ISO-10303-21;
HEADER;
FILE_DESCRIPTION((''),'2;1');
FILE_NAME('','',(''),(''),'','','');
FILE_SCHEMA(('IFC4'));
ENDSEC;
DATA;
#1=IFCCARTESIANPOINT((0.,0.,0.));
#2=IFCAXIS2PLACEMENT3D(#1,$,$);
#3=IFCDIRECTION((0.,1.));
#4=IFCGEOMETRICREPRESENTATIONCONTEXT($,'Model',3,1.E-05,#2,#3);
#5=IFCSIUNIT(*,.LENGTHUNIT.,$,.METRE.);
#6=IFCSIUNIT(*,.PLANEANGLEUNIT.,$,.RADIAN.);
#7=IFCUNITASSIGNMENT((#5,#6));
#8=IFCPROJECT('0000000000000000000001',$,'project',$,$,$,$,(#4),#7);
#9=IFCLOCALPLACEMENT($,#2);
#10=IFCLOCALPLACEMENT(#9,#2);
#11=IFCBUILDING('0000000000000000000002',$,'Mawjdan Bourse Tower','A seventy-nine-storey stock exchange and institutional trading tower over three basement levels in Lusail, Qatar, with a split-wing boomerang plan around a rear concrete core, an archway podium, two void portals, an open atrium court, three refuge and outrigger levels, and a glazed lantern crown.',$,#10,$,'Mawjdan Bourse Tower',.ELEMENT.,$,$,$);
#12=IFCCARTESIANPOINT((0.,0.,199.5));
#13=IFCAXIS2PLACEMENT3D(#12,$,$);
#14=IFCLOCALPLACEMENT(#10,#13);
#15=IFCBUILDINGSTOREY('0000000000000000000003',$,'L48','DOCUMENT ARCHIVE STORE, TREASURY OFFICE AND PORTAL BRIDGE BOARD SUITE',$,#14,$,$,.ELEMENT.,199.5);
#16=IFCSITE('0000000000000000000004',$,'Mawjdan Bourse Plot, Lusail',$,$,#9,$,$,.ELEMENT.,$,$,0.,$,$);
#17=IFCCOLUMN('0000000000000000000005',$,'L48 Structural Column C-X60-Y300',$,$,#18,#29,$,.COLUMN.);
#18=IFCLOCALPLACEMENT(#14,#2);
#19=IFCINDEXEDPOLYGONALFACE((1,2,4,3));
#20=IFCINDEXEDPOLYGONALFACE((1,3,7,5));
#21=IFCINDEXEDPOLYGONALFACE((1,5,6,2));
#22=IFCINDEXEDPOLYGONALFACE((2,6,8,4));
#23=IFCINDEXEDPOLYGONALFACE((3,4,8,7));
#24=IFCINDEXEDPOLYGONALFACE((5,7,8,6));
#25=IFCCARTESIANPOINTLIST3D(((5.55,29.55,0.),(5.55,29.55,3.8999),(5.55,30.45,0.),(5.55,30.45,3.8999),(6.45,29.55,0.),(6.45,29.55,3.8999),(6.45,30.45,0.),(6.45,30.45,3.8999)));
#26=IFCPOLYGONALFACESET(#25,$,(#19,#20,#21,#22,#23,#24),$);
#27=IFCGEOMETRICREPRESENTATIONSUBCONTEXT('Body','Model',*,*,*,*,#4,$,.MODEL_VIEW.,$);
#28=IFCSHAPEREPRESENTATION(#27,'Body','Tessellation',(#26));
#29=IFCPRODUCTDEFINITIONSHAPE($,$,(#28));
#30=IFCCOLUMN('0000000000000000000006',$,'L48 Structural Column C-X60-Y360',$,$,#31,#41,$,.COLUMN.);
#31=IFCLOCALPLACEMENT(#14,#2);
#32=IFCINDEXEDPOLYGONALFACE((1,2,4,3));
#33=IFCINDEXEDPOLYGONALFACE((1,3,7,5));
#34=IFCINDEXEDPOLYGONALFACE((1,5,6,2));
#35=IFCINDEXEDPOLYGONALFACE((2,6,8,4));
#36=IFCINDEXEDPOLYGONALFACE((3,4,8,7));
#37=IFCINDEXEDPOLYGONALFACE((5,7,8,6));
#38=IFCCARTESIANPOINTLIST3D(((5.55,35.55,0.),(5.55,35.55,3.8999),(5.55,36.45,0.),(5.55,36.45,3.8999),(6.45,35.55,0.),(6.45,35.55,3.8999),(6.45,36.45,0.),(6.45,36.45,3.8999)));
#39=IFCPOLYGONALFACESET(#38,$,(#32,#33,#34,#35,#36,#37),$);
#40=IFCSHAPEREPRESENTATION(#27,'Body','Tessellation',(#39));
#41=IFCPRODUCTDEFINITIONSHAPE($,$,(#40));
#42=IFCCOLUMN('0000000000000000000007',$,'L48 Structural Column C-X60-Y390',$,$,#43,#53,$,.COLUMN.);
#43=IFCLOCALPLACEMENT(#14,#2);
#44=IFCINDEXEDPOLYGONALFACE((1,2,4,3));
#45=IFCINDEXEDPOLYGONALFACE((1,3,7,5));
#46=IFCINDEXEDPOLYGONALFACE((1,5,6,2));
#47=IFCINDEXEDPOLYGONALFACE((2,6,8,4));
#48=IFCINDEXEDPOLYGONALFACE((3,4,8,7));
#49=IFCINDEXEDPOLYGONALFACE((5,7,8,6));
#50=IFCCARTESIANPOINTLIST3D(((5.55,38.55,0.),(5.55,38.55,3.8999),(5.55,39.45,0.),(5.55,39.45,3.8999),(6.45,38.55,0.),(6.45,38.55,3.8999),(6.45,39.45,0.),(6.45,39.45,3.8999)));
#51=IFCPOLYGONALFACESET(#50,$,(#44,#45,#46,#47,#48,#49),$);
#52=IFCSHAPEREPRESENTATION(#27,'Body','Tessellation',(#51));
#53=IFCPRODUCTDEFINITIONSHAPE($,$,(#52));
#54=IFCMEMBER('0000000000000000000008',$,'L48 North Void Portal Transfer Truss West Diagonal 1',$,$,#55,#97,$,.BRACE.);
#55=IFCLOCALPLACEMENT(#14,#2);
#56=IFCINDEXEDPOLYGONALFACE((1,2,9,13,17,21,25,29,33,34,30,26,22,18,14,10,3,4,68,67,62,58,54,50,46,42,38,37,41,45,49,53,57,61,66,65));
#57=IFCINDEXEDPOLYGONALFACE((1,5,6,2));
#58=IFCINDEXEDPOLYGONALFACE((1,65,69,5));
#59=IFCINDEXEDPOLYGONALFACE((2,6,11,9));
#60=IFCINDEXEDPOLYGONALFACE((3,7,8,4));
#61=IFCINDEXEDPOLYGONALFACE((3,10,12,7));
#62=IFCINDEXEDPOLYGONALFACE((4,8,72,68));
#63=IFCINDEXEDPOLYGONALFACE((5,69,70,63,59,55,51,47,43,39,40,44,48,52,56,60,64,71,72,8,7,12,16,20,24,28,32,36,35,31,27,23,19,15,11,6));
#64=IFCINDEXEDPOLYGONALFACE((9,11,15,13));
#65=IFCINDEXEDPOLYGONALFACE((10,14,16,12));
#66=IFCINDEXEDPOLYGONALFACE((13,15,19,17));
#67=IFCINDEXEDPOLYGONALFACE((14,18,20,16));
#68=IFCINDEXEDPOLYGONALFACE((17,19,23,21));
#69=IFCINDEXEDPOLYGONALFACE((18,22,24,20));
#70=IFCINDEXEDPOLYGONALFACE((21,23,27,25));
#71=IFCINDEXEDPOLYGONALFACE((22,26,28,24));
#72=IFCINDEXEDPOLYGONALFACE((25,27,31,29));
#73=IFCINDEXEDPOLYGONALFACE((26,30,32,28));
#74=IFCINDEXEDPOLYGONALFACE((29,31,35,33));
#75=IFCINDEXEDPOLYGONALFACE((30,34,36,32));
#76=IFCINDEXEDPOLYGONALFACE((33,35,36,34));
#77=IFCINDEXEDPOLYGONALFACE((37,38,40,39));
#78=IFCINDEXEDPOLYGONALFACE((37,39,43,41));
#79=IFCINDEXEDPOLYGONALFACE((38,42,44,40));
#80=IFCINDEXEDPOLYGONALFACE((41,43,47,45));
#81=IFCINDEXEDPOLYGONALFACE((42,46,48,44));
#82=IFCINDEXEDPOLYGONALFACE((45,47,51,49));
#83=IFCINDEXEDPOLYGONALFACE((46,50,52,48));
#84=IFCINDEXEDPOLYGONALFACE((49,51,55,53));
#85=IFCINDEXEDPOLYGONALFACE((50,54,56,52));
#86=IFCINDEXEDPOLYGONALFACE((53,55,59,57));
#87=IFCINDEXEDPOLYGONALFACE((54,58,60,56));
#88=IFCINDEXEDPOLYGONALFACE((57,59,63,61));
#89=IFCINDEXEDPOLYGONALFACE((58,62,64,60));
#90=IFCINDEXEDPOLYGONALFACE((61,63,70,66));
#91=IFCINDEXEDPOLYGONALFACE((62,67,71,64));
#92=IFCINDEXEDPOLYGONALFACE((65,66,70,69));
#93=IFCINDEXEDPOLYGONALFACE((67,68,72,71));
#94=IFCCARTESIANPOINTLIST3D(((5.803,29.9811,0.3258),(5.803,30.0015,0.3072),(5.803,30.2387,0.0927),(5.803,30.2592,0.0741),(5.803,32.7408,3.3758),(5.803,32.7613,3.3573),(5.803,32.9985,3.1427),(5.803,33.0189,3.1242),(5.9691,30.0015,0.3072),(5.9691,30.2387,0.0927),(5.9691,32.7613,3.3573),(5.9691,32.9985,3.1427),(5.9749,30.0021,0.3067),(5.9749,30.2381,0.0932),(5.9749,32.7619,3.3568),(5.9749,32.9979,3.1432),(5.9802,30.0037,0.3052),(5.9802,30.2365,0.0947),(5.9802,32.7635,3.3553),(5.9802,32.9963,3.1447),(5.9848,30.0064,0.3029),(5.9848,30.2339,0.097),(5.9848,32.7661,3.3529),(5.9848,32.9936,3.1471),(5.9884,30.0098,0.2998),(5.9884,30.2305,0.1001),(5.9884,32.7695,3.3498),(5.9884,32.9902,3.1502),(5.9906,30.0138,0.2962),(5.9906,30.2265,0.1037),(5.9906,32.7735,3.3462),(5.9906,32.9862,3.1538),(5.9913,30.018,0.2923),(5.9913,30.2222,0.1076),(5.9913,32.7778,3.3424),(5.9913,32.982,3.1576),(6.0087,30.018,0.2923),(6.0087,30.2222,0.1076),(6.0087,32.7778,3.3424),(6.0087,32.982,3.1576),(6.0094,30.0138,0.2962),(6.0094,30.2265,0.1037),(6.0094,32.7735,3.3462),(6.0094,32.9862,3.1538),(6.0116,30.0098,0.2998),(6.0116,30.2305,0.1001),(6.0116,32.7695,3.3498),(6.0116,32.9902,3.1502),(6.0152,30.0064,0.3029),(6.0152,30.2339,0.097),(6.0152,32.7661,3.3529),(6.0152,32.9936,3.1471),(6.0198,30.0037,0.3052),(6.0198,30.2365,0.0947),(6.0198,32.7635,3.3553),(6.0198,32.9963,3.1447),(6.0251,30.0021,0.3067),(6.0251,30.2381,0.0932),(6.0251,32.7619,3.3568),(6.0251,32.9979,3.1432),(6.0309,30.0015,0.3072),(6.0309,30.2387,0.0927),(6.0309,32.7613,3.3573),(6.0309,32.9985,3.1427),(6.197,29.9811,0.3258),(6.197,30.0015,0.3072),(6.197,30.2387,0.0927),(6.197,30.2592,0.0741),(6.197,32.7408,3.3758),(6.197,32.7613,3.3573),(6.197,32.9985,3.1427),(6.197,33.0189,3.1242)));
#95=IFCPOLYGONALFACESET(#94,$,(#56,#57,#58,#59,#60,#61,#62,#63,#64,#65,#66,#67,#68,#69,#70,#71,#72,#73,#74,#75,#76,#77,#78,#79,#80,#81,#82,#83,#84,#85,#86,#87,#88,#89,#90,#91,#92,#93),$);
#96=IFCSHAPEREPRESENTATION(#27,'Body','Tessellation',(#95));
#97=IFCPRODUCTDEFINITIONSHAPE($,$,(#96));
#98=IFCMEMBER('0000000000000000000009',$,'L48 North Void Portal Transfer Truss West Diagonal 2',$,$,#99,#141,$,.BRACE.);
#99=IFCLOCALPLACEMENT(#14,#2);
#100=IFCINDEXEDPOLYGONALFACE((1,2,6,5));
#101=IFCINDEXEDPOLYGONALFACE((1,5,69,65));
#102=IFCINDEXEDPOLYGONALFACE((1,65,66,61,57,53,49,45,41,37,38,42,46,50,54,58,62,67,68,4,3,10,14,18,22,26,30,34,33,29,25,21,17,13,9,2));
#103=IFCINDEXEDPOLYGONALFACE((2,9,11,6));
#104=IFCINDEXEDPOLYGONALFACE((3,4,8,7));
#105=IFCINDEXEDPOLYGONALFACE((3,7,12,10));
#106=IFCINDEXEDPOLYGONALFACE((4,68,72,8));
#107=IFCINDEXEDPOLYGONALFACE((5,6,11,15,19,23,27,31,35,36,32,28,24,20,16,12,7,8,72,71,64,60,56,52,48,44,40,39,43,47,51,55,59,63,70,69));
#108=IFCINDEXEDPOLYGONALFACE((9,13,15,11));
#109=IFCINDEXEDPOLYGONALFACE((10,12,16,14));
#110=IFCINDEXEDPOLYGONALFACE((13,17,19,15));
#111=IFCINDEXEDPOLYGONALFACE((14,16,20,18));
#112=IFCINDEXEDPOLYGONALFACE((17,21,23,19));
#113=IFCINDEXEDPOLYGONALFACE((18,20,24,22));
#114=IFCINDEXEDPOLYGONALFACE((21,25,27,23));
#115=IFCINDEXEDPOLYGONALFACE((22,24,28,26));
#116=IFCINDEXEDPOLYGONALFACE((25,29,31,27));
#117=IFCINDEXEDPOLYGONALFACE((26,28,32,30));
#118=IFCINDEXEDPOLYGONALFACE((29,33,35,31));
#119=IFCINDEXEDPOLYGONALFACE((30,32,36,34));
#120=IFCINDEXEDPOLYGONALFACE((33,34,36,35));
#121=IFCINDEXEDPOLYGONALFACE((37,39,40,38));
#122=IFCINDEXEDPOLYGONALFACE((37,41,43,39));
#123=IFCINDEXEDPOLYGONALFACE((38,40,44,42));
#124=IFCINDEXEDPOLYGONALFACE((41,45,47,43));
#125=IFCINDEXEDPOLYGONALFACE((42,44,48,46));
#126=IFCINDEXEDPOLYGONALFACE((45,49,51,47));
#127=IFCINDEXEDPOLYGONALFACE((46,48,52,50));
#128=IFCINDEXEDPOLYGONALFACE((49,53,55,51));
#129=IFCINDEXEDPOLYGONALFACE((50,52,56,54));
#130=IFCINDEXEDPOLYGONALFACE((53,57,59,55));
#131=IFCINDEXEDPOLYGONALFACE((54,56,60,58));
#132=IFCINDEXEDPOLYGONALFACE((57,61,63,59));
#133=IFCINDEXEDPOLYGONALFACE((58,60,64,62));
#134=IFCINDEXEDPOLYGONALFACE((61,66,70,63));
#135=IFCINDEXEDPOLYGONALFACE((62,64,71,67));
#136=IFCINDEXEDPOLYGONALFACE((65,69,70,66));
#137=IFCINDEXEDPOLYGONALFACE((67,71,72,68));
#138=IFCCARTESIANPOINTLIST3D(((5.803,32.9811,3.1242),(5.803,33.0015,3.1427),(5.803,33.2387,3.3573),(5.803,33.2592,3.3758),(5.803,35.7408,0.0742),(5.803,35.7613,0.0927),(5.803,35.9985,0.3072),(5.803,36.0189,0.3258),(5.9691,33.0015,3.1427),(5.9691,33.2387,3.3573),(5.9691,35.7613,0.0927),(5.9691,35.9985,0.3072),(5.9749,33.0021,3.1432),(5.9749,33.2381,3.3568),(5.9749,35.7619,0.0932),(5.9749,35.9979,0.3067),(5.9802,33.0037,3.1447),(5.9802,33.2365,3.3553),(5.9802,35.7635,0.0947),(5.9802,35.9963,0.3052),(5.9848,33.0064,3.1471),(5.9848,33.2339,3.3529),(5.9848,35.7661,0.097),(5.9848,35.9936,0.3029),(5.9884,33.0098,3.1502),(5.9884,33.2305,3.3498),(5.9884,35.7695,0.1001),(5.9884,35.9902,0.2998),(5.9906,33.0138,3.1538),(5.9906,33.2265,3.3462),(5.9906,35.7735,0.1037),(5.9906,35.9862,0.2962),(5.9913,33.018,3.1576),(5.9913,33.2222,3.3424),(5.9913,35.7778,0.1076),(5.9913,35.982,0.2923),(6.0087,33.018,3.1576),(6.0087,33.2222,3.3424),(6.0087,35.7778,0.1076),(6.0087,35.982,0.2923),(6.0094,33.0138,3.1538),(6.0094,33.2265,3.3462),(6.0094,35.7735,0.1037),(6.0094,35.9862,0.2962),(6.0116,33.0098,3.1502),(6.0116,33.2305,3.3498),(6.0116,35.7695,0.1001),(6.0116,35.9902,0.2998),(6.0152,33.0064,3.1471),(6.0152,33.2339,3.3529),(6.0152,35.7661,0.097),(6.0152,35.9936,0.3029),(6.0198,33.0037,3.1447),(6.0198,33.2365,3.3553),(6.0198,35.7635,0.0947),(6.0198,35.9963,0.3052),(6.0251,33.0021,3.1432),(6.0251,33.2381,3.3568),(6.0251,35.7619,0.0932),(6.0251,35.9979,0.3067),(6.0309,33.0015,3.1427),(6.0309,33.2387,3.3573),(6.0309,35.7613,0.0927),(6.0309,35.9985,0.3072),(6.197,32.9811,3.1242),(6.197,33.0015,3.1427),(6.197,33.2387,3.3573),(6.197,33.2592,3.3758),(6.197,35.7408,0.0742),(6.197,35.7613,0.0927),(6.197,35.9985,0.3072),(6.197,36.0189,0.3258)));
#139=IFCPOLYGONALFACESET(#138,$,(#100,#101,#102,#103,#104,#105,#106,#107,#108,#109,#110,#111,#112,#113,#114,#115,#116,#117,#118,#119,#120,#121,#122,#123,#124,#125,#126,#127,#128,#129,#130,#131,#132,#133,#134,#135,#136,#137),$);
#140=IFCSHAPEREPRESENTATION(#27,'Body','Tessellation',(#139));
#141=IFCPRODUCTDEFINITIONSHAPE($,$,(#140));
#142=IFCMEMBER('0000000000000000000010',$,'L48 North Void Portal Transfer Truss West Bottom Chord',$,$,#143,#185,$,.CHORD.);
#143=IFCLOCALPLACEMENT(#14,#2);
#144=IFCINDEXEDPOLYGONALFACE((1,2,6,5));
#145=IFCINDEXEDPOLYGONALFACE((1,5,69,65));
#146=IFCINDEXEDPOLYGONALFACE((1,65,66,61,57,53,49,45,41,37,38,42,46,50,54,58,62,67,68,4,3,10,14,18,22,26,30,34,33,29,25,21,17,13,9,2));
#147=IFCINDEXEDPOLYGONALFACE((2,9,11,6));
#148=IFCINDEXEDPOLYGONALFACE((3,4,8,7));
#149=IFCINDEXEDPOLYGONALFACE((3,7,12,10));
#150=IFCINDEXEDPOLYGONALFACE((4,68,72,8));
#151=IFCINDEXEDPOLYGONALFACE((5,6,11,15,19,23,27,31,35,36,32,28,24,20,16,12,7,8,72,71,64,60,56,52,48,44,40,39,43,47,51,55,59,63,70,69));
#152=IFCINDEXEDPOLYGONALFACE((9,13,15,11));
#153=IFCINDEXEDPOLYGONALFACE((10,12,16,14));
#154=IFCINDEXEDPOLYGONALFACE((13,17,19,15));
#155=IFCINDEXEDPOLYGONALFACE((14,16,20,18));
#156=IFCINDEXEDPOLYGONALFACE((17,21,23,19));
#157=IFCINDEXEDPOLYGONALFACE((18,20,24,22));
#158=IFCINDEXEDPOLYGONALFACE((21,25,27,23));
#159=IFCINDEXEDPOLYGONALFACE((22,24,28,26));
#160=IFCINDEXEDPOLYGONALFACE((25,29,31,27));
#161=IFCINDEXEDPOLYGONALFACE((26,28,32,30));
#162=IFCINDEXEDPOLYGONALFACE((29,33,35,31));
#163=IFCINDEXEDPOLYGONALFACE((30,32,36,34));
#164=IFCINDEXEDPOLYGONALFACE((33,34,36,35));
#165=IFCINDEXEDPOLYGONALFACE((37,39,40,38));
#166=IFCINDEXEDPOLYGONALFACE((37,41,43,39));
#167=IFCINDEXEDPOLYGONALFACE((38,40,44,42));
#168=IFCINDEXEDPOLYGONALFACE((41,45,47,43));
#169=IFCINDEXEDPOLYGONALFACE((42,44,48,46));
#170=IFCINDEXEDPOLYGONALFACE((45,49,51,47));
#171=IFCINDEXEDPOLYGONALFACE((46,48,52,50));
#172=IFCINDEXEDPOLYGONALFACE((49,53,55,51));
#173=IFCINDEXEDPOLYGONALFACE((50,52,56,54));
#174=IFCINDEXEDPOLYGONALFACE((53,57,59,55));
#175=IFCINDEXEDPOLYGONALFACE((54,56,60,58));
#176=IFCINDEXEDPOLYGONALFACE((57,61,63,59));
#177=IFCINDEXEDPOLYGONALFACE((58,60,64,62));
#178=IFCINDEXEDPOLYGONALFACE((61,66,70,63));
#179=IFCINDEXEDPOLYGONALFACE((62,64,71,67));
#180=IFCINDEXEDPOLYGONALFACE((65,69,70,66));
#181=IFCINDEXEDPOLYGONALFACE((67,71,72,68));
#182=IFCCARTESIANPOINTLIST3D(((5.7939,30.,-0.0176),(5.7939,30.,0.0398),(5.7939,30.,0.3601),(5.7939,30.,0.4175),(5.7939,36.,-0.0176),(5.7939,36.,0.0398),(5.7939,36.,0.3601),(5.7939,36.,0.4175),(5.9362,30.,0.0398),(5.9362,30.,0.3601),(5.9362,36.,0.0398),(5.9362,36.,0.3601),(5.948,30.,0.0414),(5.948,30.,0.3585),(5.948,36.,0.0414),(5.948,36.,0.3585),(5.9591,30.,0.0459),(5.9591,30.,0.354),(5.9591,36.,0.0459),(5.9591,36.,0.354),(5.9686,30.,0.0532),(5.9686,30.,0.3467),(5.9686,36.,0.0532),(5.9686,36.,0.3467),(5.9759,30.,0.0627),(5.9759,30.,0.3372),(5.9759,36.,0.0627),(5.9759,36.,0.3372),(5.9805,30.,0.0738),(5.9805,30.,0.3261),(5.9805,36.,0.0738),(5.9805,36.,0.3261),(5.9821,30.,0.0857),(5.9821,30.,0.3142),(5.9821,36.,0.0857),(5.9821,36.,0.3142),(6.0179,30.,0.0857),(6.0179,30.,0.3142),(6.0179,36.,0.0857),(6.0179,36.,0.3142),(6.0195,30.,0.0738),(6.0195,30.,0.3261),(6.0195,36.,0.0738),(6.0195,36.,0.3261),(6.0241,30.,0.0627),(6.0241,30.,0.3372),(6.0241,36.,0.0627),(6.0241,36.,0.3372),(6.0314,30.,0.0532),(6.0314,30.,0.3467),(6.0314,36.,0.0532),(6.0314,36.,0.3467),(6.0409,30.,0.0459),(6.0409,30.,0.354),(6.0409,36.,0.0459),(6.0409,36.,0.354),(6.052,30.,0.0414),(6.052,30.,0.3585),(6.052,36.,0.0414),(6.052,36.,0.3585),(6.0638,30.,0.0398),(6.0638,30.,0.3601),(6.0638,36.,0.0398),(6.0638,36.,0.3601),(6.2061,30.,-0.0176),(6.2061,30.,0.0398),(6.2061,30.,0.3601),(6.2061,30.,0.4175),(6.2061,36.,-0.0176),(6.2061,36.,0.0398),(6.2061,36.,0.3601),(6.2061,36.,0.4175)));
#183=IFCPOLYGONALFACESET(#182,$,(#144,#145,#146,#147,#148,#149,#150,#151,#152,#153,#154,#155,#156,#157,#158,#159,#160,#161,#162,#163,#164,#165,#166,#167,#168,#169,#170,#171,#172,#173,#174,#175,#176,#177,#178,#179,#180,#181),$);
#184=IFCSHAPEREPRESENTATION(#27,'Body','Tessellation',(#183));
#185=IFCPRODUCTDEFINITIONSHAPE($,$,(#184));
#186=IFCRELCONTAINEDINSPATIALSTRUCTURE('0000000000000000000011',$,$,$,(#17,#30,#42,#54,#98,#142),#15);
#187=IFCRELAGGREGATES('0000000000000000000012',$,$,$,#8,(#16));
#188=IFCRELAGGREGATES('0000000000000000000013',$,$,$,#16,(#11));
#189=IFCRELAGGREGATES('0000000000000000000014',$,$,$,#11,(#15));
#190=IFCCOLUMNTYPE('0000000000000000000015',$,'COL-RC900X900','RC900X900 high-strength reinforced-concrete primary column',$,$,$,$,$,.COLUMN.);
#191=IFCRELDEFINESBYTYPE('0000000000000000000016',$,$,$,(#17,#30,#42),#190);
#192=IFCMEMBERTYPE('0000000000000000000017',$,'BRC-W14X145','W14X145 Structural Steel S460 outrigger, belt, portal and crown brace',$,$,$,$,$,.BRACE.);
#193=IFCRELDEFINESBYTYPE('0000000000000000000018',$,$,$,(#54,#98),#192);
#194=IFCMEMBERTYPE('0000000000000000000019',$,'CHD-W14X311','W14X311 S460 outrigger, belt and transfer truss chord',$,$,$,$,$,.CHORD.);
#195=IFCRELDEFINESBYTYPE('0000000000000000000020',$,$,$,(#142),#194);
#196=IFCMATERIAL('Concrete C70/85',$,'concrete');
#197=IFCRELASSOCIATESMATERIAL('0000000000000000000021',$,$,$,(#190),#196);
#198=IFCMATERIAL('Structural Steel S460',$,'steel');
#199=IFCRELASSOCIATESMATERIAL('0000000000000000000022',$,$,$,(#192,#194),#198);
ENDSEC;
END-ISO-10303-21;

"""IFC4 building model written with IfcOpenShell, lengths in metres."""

from ifc_helpers import new_model, si_unit, direction, frame, origin, origin_2d, place, context, subcontext, project, spatial, rectangle, i_section, extrude, material, material_profile, profile_set, type_object, element, save


model = new_model("IFC4")

# Units and contexts
model_context = context("Model", 3, precision=1e-05, world=origin(), true_north=direction((0.0, 1.0)))
body_context = subcontext(model_context, "Body", "Model", "MODEL_VIEW")
ifc_project = project(units=[si_unit("LENGTHUNIT", "METRE"), si_unit("PLANEANGLEUNIT", "RADIAN")], contexts=[model_context])

# Site, building, storey
site_placement = place(None, origin())
site = spatial("IfcSite", under=ifc_project, at=site_placement, Name="Mawjdan Bourse Plot, Lusail", CompositionType="ELEMENT", RefElevation=0.0)
building_placement = place(site_placement, origin())
building = spatial("IfcBuilding", under=site, at=building_placement, Name="Mawjdan Bourse Tower", Description="A seventy-nine-storey stock exchange and institutional trading tower over three basement levels in Lusail, Qatar, with a split-wing boomerang plan around a rear concrete core, an archway podium, two void portals, an open atrium court, three refuge and outrigger levels, and a glazed lantern crown.", LongName="Mawjdan Bourse Tower", CompositionType="ELEMENT")
storey_placement = place(building_placement, frame((0.0, 0.0, 199.5)))
storey = spatial("IfcBuildingStorey", under=building, at=storey_placement, Name="L48", Description="DOCUMENT ARCHIVE STORE, TREASURY OFFICE AND PORTAL BRIDGE BOARD SUITE", CompositionType="ELEMENT", Elevation=199.5)

# Columns
ifc_material_1 = material(Name="Concrete C70/85", Category="concrete")
ifc_material_profile_1 = material_profile(ifc_material_1, rectangle(XDim=0.8999, YDim=0.8999, at=origin_2d()), Name="RC900X900")
ifc_profile_set_1 = profile_set([ifc_material_profile_1], Name="Concrete C70/85")
column_type = type_object("IfcColumnType", Name="COL-RC900X900", Description="RC900X900 high-strength reinforced-concrete primary column", PredefinedType="COLUMN", material=ifc_profile_set_1)
for number, where, z_axis, x_axis, name in (
    (1, (6.0, 30.0, 0.0), (0.0, 0.0, 1.0), (1.0, 0.0, 0.0), "L48 Structural Column C-X60-Y300"),
    (2, (6.0, 36.0, 0.0), (0.0, 0.0, 1.0), (1.0, 0.0, 0.0), "L48 Structural Column C-X60-Y360"),
    (3, (6.0, 39.0, 0.0), (0.0, 0.0, 1.0), (1.0, 0.0, 0.0), "L48 Structural Column C-X60-Y390"),
):
    element("IfcColumn", number, at=place(storey_placement, frame(where, z_axis=z_axis, x_axis=x_axis)), inside=storey, type_object=column_type, Name=name, PredefinedType="COLUMN", context=body_context, shape_type="SweptSolid", body=[
        extrude(rectangle(XDim=0.8999, YDim=0.8999, at=origin_2d()), origin(), (0.0, 0.0, 1.0), 3.8999),
    ])

# Members
ifc_material_2 = material(Name="Structural Steel S460", Category="steel")
ifc_material_profile_2 = material_profile(ifc_material_2, i_section(OverallWidth=0.394, OverallDepth=0.375, WebThickness=0.0173, FlangeThickness=0.0276, FilletRadius=0.0222, at=origin_2d()), Name="W14X145")
ifc_profile_set_2 = profile_set([ifc_material_profile_2], Name="Structural Steel S460")
member_type_1 = type_object("IfcMemberType", Name="BRC-W14X145", Description="W14X145 Structural Steel S460 outrigger, belt, portal and crown brace", PredefinedType="BRACE", material=ifc_profile_set_2)
for number, where, z_axis, x_axis, name in (
    (4, (6.0, 30.1201, 0.2), (0.0, 0.67094, 0.741512), (-1.0, 0.0, 0.0), "L48 North Void Portal Transfer Truss West Diagonal 1"),
    (5, (6.0, 33.1201, 3.25), (0.0, 0.67094, -0.741512), (-1.0, 0.0, 0.0), "L48 North Void Portal Transfer Truss West Diagonal 2"),
):
    element("IfcMember", number, at=place(storey_placement, frame(where, z_axis=z_axis, x_axis=x_axis)), inside=storey, type_object=member_type_1, Name=name, PredefinedType="BRACE", context=body_context, shape_type="SweptSolid", body=[
        extrude(i_section(OverallWidth=0.394, OverallDepth=0.375, WebThickness=0.0173, FlangeThickness=0.0276, FilletRadius=0.0222, at=origin_2d()), origin(), (0.0, 0.0, 1.0), 4.1133),
    ])
ifc_material_profile_3 = material_profile(ifc_material_2, i_section(OverallWidth=0.4121, OverallDepth=0.4351, WebThickness=0.0359, FlangeThickness=0.0574, FilletRadius=0.0459, at=origin_2d()), Name="W14X311")
ifc_profile_set_3 = profile_set([ifc_material_profile_3], Name="Structural Steel S460")
member_type_2 = type_object("IfcMemberType", Name="CHD-W14X311", Description="W14X311 S460 outrigger, belt and transfer truss chord", PredefinedType="CHORD", material=ifc_profile_set_3)
member_placement = place(storey_placement, frame((6.0, 30.0, 0.2), z_axis=(0.0, 1.0, 0.0), x_axis=(-1.0, 0.0, 0.0)))
element("IfcMember", 6, at=member_placement, inside=storey, type_object=member_type_2, Name="L48 North Void Portal Transfer Truss West Bottom Chord", PredefinedType="CHORD", context=body_context, shape_type="SweptSolid", body=[
    extrude(i_section(OverallWidth=0.4121, OverallDepth=0.4351, WebThickness=0.0359, FlangeThickness=0.0574, FilletRadius=0.0459, at=origin_2d()), origin(), (0.0, 0.0, 1.0), 6.0),
])

save(model, "model.ifc")
